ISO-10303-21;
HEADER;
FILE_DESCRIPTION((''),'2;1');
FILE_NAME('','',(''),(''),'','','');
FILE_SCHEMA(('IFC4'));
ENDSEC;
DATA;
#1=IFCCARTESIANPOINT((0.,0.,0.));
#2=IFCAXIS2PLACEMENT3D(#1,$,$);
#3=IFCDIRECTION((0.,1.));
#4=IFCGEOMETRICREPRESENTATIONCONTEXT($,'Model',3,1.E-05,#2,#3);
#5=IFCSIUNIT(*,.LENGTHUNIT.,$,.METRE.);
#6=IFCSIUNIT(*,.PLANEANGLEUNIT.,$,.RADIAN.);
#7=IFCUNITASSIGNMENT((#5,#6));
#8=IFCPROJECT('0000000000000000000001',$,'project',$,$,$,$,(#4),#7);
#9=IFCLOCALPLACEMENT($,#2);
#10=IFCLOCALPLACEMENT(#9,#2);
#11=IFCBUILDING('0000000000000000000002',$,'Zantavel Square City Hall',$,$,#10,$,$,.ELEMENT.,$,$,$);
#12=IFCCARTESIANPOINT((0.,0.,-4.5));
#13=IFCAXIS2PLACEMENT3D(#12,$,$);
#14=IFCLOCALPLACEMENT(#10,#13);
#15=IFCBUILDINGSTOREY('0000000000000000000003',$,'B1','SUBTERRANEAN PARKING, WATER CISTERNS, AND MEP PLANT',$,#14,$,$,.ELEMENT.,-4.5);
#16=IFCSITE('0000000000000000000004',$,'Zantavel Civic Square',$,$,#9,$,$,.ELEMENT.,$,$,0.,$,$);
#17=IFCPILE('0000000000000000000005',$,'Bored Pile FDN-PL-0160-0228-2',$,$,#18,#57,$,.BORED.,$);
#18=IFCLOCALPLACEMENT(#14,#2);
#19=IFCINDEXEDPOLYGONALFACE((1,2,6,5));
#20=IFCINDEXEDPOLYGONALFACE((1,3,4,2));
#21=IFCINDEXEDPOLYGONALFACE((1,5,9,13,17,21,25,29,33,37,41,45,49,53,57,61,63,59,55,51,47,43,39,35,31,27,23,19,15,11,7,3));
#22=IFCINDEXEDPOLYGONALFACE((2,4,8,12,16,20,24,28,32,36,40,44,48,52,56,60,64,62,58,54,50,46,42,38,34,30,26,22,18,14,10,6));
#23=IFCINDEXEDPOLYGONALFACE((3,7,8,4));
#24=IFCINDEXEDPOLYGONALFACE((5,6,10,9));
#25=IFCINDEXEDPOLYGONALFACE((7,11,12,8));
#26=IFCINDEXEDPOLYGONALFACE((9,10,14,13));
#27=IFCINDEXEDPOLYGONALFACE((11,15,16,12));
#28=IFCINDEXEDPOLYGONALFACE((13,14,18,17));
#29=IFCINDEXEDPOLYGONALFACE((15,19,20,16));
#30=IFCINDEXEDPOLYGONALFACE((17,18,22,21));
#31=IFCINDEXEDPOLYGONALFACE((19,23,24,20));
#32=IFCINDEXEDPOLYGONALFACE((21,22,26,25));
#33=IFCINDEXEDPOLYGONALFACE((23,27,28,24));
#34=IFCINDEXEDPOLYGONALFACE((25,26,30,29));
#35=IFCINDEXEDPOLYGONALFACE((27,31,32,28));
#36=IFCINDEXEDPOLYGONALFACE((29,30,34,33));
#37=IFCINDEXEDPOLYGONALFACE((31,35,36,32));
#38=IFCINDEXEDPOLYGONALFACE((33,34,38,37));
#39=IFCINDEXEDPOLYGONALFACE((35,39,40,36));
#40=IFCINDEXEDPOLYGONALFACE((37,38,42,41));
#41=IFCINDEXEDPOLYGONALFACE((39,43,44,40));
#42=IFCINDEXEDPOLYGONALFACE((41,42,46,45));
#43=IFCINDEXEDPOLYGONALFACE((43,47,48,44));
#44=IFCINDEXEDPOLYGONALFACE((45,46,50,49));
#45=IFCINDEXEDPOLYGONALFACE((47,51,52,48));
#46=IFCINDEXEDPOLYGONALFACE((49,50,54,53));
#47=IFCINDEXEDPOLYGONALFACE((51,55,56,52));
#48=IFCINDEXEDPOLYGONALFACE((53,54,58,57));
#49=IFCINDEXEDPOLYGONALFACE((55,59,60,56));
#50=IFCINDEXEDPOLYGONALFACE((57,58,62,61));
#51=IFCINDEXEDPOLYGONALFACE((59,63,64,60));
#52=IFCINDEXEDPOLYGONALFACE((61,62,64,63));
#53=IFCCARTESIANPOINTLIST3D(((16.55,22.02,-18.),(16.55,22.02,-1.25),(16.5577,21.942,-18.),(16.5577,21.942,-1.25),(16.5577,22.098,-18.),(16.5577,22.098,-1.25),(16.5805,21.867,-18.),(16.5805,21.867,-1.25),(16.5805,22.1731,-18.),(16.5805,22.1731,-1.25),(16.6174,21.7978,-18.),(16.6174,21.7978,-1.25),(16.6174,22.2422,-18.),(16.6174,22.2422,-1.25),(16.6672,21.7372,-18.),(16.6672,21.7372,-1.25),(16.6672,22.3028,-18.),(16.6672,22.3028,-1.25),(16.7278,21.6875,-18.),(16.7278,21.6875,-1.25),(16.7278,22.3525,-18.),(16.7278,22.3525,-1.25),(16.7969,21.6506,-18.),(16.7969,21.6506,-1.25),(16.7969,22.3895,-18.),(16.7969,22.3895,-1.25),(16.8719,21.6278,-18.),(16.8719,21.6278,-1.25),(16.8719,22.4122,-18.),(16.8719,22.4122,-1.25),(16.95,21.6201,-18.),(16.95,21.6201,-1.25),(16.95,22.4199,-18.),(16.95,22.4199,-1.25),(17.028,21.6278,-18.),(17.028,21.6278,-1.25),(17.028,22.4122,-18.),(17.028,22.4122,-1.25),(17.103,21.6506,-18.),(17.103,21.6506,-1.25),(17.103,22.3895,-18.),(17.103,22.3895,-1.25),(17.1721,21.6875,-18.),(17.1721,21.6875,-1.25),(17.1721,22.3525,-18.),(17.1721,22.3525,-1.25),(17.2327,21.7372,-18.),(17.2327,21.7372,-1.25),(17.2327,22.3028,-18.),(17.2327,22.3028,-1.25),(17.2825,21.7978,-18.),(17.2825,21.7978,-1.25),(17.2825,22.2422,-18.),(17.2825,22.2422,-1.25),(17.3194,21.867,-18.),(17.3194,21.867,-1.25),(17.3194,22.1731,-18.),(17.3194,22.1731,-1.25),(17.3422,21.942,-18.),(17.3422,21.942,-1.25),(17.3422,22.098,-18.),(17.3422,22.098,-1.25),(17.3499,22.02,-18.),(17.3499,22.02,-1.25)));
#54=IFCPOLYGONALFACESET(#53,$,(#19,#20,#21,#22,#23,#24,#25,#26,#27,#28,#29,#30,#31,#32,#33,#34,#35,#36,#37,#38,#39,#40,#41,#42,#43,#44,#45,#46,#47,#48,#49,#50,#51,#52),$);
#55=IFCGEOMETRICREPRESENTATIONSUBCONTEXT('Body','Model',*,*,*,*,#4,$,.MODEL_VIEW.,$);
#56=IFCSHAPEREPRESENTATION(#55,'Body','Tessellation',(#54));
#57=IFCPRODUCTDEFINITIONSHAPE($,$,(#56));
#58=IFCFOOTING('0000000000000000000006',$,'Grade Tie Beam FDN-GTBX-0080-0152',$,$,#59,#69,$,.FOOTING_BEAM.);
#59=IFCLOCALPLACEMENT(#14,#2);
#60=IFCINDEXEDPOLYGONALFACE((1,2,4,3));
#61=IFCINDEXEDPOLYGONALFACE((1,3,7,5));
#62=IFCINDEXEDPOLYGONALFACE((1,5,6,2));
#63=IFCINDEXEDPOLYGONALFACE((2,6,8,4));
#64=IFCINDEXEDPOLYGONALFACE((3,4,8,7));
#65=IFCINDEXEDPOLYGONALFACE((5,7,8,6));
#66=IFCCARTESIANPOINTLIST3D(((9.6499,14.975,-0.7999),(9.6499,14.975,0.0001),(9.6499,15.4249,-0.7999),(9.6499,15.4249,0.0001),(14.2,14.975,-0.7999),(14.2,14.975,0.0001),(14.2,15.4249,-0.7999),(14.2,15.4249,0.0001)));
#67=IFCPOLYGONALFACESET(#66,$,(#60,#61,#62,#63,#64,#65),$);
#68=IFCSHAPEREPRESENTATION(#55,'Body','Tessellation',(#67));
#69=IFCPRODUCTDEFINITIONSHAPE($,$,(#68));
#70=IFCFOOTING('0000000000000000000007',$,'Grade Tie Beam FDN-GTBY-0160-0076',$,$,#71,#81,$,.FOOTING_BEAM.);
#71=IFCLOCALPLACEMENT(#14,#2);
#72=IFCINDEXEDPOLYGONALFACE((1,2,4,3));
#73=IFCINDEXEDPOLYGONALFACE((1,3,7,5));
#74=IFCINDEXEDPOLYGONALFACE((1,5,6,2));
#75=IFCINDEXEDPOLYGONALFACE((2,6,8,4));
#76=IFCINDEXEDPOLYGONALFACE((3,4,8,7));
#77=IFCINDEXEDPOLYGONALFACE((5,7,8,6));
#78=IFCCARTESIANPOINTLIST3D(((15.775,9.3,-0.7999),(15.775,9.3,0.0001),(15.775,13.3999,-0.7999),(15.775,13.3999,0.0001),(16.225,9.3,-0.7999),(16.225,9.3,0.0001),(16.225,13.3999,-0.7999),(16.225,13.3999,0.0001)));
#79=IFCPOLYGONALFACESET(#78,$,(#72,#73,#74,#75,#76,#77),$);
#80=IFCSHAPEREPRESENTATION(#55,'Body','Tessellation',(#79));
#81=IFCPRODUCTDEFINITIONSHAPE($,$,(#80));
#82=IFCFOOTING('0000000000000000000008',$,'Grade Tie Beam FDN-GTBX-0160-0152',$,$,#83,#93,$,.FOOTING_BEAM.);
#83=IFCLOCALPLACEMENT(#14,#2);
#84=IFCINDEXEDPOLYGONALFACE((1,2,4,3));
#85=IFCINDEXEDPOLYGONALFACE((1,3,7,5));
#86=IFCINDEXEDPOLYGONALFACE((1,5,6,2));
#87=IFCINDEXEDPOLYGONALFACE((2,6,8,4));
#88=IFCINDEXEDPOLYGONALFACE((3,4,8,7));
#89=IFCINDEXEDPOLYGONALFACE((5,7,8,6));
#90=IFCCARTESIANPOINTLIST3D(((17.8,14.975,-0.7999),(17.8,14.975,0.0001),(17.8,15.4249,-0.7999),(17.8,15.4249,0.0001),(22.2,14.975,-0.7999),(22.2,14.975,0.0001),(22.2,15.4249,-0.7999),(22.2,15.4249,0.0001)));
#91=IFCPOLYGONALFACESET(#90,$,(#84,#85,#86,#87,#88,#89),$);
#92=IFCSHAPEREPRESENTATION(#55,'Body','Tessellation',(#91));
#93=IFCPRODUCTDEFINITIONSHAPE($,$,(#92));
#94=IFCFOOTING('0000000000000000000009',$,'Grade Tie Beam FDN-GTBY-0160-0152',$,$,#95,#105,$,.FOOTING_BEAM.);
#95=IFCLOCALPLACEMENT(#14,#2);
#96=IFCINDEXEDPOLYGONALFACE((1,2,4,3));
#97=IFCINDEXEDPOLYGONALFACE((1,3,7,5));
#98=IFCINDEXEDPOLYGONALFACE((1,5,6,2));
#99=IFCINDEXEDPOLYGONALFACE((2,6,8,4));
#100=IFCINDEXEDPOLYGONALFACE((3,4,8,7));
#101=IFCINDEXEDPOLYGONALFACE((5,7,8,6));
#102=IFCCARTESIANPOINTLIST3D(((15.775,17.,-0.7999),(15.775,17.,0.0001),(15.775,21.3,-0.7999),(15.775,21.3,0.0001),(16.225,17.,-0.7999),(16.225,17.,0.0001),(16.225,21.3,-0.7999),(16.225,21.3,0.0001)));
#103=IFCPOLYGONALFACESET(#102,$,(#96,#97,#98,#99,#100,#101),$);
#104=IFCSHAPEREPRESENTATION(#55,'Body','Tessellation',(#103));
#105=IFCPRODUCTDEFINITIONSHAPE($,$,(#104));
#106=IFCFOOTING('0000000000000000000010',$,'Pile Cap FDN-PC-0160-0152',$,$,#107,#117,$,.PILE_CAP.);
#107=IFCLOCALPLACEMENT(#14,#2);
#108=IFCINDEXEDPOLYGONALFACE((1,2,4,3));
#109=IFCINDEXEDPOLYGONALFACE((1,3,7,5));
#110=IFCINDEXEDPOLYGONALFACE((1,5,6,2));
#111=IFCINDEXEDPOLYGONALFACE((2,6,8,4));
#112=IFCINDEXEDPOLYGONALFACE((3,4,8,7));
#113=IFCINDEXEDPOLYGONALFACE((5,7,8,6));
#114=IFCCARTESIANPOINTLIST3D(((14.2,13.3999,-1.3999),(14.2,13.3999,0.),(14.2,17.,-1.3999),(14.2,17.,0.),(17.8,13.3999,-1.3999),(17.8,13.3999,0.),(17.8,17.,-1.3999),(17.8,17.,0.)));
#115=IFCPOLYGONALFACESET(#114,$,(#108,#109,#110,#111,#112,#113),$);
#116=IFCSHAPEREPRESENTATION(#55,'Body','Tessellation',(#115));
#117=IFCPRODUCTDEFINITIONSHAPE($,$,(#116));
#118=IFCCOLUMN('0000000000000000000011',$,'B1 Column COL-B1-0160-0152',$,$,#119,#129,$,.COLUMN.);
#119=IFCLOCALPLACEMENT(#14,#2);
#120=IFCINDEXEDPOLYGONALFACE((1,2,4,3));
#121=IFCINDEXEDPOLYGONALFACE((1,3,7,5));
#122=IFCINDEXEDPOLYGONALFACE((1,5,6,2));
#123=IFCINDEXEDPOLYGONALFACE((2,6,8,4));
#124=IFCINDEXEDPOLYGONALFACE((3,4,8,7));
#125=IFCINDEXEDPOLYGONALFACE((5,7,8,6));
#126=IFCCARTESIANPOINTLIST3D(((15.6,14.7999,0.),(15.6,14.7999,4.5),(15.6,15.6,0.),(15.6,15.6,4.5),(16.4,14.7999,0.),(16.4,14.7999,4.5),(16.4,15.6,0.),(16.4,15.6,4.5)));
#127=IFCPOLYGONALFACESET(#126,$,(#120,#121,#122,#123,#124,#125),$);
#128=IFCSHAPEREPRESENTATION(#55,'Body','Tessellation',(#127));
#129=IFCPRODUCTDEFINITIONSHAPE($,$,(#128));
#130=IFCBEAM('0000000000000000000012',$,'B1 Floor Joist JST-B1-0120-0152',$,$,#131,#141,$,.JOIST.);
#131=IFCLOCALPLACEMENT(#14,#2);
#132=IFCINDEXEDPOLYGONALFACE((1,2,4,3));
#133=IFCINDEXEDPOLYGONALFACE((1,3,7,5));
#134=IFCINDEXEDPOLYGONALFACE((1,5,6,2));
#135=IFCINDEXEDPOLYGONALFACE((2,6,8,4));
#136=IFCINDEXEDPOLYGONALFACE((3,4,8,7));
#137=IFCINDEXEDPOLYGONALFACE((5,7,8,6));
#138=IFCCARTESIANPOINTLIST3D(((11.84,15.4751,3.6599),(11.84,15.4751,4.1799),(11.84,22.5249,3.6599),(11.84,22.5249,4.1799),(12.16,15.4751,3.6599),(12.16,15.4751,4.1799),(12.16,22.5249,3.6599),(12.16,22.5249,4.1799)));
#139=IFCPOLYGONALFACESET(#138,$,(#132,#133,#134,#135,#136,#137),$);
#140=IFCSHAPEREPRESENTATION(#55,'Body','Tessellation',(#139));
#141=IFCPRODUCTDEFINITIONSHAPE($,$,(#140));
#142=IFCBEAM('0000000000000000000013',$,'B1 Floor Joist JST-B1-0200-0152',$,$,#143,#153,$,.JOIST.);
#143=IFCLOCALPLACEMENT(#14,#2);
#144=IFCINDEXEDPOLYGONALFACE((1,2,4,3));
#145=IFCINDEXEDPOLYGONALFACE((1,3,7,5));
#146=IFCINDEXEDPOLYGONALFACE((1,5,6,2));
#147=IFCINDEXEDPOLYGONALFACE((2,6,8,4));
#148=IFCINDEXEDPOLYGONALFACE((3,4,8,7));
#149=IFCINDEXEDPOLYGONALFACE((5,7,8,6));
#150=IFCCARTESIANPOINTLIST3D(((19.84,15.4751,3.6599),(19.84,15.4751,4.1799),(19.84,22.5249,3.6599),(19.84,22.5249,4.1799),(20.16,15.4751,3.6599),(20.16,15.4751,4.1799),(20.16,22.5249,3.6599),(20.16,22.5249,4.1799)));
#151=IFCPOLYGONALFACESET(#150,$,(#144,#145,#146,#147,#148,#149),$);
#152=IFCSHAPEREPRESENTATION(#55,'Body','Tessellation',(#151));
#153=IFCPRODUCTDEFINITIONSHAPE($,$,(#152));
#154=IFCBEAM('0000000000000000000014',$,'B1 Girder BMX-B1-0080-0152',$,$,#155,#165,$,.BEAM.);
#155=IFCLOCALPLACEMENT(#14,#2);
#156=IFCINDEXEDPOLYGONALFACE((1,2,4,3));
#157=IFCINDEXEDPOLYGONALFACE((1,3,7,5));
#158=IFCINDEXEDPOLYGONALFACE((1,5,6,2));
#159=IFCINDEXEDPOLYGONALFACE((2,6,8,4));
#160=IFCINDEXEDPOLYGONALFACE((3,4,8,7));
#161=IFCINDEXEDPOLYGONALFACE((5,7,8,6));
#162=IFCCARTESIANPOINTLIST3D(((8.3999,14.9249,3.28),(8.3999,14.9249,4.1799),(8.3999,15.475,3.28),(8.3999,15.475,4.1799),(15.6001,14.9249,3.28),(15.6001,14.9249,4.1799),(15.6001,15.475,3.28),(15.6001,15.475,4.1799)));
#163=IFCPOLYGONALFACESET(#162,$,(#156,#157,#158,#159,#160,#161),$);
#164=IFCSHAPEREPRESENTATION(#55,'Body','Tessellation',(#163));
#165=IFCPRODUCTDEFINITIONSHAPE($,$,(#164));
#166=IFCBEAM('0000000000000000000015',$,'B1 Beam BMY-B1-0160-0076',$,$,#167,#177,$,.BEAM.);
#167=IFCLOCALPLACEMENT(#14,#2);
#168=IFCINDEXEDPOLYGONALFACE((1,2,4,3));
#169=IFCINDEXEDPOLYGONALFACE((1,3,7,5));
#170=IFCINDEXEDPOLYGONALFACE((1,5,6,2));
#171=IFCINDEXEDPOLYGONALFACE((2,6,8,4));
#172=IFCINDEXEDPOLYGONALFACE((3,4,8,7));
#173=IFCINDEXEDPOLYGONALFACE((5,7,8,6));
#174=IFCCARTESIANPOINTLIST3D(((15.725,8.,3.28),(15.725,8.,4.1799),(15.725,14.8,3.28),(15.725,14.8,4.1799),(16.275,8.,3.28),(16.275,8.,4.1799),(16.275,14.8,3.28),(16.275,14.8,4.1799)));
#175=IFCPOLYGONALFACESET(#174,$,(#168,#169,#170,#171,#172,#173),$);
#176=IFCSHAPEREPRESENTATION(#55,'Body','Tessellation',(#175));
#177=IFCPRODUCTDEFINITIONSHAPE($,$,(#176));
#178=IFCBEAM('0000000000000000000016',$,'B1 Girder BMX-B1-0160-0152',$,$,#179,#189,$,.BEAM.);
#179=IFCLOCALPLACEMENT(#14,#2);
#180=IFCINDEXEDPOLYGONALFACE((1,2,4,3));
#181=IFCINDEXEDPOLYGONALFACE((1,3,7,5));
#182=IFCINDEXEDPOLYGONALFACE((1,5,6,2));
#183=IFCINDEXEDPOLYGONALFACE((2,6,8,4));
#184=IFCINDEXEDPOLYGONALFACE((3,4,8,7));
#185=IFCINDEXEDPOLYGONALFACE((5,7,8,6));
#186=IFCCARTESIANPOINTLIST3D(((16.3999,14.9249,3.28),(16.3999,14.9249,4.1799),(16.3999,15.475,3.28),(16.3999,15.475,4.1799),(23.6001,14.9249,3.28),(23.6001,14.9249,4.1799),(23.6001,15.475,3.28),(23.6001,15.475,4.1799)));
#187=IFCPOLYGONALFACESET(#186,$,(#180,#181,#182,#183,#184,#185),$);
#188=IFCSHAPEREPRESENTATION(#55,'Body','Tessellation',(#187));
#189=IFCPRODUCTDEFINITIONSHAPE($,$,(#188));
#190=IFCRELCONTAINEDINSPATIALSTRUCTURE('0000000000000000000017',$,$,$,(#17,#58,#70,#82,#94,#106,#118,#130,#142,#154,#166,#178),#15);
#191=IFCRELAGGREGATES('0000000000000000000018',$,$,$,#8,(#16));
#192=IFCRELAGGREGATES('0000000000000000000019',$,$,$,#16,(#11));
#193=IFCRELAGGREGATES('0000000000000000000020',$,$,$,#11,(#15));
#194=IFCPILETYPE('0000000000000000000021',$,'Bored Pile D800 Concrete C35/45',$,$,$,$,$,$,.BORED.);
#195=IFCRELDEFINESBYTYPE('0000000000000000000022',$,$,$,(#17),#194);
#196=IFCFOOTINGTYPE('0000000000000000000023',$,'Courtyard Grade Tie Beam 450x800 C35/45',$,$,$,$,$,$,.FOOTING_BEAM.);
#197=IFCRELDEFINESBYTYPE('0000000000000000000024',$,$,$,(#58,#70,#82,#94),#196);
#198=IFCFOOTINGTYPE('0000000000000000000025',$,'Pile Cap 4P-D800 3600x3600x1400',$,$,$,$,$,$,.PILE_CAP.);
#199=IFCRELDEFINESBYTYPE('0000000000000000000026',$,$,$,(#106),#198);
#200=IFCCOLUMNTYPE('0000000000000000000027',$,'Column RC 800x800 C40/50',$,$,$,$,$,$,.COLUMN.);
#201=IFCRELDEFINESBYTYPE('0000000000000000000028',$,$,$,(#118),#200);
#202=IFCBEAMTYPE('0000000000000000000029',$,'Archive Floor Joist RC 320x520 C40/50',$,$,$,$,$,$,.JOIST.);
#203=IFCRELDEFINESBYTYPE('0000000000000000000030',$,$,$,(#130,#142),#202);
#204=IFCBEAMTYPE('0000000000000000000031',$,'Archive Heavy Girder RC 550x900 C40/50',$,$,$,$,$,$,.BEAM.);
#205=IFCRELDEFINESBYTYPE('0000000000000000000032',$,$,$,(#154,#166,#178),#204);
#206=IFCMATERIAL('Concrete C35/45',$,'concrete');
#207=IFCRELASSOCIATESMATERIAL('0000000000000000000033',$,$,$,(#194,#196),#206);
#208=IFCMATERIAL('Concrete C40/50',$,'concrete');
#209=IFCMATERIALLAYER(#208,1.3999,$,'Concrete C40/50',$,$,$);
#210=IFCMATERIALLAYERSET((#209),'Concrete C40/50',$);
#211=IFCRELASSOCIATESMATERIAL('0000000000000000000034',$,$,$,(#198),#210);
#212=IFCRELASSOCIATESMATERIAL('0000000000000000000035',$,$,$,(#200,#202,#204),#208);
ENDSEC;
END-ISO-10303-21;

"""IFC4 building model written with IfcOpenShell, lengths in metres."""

from ifc_helpers import new_model, si_unit, direction, frame, origin, origin_2d, place, context, subcontext, project, spatial, rectangle, circle, extrude, material, layer, layer_set, material_profile, profile_set, type_object, element, save


model = new_model("IFC4")

# Units and contexts
model_context = context("Model", 3, precision=1e-05, world=origin(), true_north=direction((0.0, 1.0)))
body_context = subcontext(model_context, "Body", "Model", "MODEL_VIEW")
ifc_project = project(units=[si_unit("LENGTHUNIT", "METRE"), si_unit("PLANEANGLEUNIT", "RADIAN")], contexts=[model_context])

# Site, building, storey
site_placement = place(None, origin())
site = spatial("IfcSite", under=ifc_project, at=site_placement, Name="Zantavel Civic Square", CompositionType="ELEMENT", RefElevation=0.0)
building_placement = place(site_placement, origin())
building = spatial("IfcBuilding", under=site, at=building_placement, Name="Zantavel Square City Hall", CompositionType="ELEMENT")
storey_placement = place(building_placement, frame((0.0, 0.0, -4.5)))
storey = spatial("IfcBuildingStorey", under=building, at=storey_placement, Name="B1", Description="SUBTERRANEAN PARKING, WATER CISTERNS, AND MEP PLANT", CompositionType="ELEMENT", Elevation=-4.5)

# Pile
ifc_material_1 = material(Name="Concrete C35/45", Category="concrete")
ifc_material_profile_1 = material_profile(ifc_material_1, circle(Radius=0.3999, at=origin_2d()), Name="PILE D800")
ifc_profile_set_1 = profile_set([ifc_material_profile_1], Name="Concrete C35/45")
pile_type = type_object("IfcPileType", Name="Bored Pile D800 Concrete C35/45", PredefinedType="BORED", material=ifc_profile_set_1)
for number, where, z_axis, x_axis, name in (
    (1, (16.95, 22.02, -1.25), (0.0, 0.0, -1.0), (1.0, 0.0, 0.0), "Bored Pile FDN-PL-0160-0228-2"),
):
    element("IfcPile", number, at=place(storey_placement, frame(where, z_axis=z_axis, x_axis=x_axis)), inside=storey, type_object=pile_type, Name=name, PredefinedType="BORED", context=body_context, shape_type="SweptSolid", body=[
        extrude(circle(Radius=0.3999, at=origin_2d()), origin(), (0.0, 0.0, 1.0), 16.75),
    ])

# Footings
ifc_material_profile_2 = material_profile(ifc_material_1, rectangle(XDim=0.45, YDim=0.8, at=origin_2d()), Name="RC 450x800")
ifc_profile_set_2 = profile_set([ifc_material_profile_2], Name="Concrete C35/45")
footing_type_1 = type_object("IfcFootingType", Name="Courtyard Grade Tie Beam 450x800 C35/45", PredefinedType="FOOTING_BEAM", material=ifc_profile_set_2)
footing_1_placement = place(storey_placement, frame((9.6499, 15.2, -0.3999), z_axis=(1.0, 0.0, 0.0), x_axis=(0.0, 1.0, 0.0)))
element("IfcFooting", 2, at=footing_1_placement, inside=storey, type_object=footing_type_1, Name="Grade Tie Beam FDN-GTBX-0080-0152", PredefinedType="FOOTING_BEAM", context=body_context, shape_type="SweptSolid", body=[
    extrude(rectangle(XDim=0.45, YDim=0.8, at=origin_2d()), origin(), (0.0, 0.0, 1.0), 4.55),
])
footing_2_placement = place(storey_placement, frame((16.0, 9.3, -0.3999), z_axis=(0.0, 1.0, 0.0), x_axis=(-1.0, 0.0, 0.0)))
element("IfcFooting", 3, at=footing_2_placement, inside=storey, type_object=footing_type_1, Name="Grade Tie Beam FDN-GTBY-0160-0076", PredefinedType="FOOTING_BEAM", context=body_context, shape_type="SweptSolid", body=[
    extrude(rectangle(XDim=0.45, YDim=0.8, at=origin_2d()), origin(), (0.0, 0.0, 1.0), 4.0999),
])
footing_3_placement = place(storey_placement, frame((17.8, 15.2, -0.3999), z_axis=(1.0, 0.0, 0.0), x_axis=(0.0, 1.0, 0.0)))
element("IfcFooting", 4, at=footing_3_placement, inside=storey, type_object=footing_type_1, Name="Grade Tie Beam FDN-GTBX-0160-0152", PredefinedType="FOOTING_BEAM", context=body_context, shape_type="SweptSolid", body=[
    extrude(rectangle(XDim=0.45, YDim=0.8, at=origin_2d()), origin(), (0.0, 0.0, 1.0), 4.3999),
])
footing_4_placement = place(storey_placement, frame((16.0, 17.0, -0.3999), z_axis=(0.0, 1.0, 0.0), x_axis=(-1.0, 0.0, 0.0)))
element("IfcFooting", 5, at=footing_4_placement, inside=storey, type_object=footing_type_1, Name="Grade Tie Beam FDN-GTBY-0160-0152", PredefinedType="FOOTING_BEAM", context=body_context, shape_type="SweptSolid", body=[
    extrude(rectangle(XDim=0.45, YDim=0.8, at=origin_2d()), origin(), (0.0, 0.0, 1.0), 4.3),
])
ifc_material_2 = material(Name="Concrete C40/50", Category="concrete")
ifc_layer = layer(ifc_material_2, 1.3999, Name="Concrete C40/50")
ifc_layer_set = layer_set([ifc_layer], Name="Concrete C40/50")
footing_type_2 = type_object("IfcFootingType", Name="Pile Cap 4P-D800 3600x3600x1400", PredefinedType="PILE_CAP", material=ifc_layer_set)
footing_5_placement = place(storey_placement, frame((16.0, 15.2, -1.3999), z_axis=(0.0, 0.0, 1.0), x_axis=(1.0, 0.0, 0.0)))
element("IfcFooting", 6, at=footing_5_placement, inside=storey, type_object=footing_type_2, Name="Pile Cap FDN-PC-0160-0152", PredefinedType="PILE_CAP", context=body_context, shape_type="SweptSolid", body=[
    extrude(rectangle(XDim=3.6001, YDim=3.6001, at=origin_2d()), origin(), (0.0, 0.0, 1.0), 1.3999),
])

# Column
ifc_material_profile_3 = material_profile(ifc_material_2, rectangle(XDim=0.8, YDim=0.8, at=origin_2d()), Name="RC 800x800")
ifc_profile_set_3 = profile_set([ifc_material_profile_3], Name="Concrete C40/50")
column_type = type_object("IfcColumnType", Name="Column RC 800x800 C40/50", PredefinedType="COLUMN", material=ifc_profile_set_3)
column_placement = place(storey_placement, frame((16.0, 15.2, 0.0), z_axis=(0.0, 0.0, 1.0), x_axis=(1.0, 0.0, 0.0)))
element("IfcColumn", 7, at=column_placement, inside=storey, type_object=column_type, Name="B1 Column COL-B1-0160-0152", PredefinedType="COLUMN", context=body_context, shape_type="SweptSolid", body=[
    extrude(rectangle(XDim=0.8, YDim=0.8, at=origin_2d()), origin(), (0.0, 0.0, 1.0), 4.5),
])

# Beams
ifc_material_profile_4 = material_profile(ifc_material_2, rectangle(XDim=0.3201, YDim=0.52, at=origin_2d()), Name="RC 320x520")
ifc_profile_set_4 = profile_set([ifc_material_profile_4], Name="Concrete C40/50")
beam_type_1 = type_object("IfcBeamType", Name="Archive Floor Joist RC 320x520 C40/50", PredefinedType="JOIST", material=ifc_profile_set_4)
for number, where, z_axis, x_axis, name in (
    (8, (12.0, 15.4751, 3.9199), (0.0, 1.0, 0.0), (-1.0, 0.0, 0.0), "B1 Floor Joist JST-B1-0120-0152"),
    (9, (20.0, 15.4751, 3.9199), (0.0, 1.0, 0.0), (-1.0, 0.0, 0.0), "B1 Floor Joist JST-B1-0200-0152"),
):
    element("IfcBeam", number, at=place(storey_placement, frame(where, z_axis=z_axis, x_axis=x_axis)), inside=storey, type_object=beam_type_1, Name=name, PredefinedType="JOIST", context=body_context, shape_type="SweptSolid", body=[
        extrude(rectangle(XDim=0.3201, YDim=0.52, at=origin_2d()), origin(), (0.0, 0.0, 1.0), 7.0498),
    ])
ifc_material_profile_5 = material_profile(ifc_material_2, rectangle(XDim=0.55, YDim=0.8999, at=origin_2d()), Name="RC 550x900")
ifc_profile_set_5 = profile_set([ifc_material_profile_5], Name="Concrete C40/50")
beam_type_2 = type_object("IfcBeamType", Name="Archive Heavy Girder RC 550x900 C40/50", PredefinedType="BEAM", material=ifc_profile_set_5)
beam_1_placement = place(storey_placement, frame((8.3999, 15.2, 3.73), z_axis=(1.0, 0.0, 0.0), x_axis=(0.0, 1.0, 0.0)))
element("IfcBeam", 10, at=beam_1_placement, inside=storey, type_object=beam_type_2, Name="B1 Girder BMX-B1-0080-0152", PredefinedType="BEAM", context=body_context, shape_type="SweptSolid", body=[
    extrude(rectangle(XDim=0.55, YDim=0.8999, at=origin_2d()), origin(), (0.0, 0.0, 1.0), 7.2002),
])
beam_2_placement = place(storey_placement, frame((16.0, 8.0, 3.73), z_axis=(0.0, 1.0, 0.0), x_axis=(-1.0, 0.0, 0.0)))
element("IfcBeam", 11, at=beam_2_placement, inside=storey, type_object=beam_type_2, Name="B1 Beam BMY-B1-0160-0076", PredefinedType="BEAM", context=body_context, shape_type="SweptSolid", body=[
    extrude(rectangle(XDim=0.55, YDim=0.8999, at=origin_2d()), origin(), (0.0, 0.0, 1.0), 6.8),
])
beam_3_placement = place(storey_placement, frame((16.3999, 15.2, 3.73), z_axis=(1.0, 0.0, 0.0), x_axis=(0.0, 1.0, 0.0)))
element("IfcBeam", 12, at=beam_3_placement, inside=storey, type_object=beam_type_2, Name="B1 Girder BMX-B1-0160-0152", PredefinedType="BEAM", context=body_context, shape_type="SweptSolid", body=[
    extrude(rectangle(XDim=0.55, YDim=0.8999, at=origin_2d()), origin(), (0.0, 0.0, 1.0), 7.2002),
])

save(model, "model.ifc")
